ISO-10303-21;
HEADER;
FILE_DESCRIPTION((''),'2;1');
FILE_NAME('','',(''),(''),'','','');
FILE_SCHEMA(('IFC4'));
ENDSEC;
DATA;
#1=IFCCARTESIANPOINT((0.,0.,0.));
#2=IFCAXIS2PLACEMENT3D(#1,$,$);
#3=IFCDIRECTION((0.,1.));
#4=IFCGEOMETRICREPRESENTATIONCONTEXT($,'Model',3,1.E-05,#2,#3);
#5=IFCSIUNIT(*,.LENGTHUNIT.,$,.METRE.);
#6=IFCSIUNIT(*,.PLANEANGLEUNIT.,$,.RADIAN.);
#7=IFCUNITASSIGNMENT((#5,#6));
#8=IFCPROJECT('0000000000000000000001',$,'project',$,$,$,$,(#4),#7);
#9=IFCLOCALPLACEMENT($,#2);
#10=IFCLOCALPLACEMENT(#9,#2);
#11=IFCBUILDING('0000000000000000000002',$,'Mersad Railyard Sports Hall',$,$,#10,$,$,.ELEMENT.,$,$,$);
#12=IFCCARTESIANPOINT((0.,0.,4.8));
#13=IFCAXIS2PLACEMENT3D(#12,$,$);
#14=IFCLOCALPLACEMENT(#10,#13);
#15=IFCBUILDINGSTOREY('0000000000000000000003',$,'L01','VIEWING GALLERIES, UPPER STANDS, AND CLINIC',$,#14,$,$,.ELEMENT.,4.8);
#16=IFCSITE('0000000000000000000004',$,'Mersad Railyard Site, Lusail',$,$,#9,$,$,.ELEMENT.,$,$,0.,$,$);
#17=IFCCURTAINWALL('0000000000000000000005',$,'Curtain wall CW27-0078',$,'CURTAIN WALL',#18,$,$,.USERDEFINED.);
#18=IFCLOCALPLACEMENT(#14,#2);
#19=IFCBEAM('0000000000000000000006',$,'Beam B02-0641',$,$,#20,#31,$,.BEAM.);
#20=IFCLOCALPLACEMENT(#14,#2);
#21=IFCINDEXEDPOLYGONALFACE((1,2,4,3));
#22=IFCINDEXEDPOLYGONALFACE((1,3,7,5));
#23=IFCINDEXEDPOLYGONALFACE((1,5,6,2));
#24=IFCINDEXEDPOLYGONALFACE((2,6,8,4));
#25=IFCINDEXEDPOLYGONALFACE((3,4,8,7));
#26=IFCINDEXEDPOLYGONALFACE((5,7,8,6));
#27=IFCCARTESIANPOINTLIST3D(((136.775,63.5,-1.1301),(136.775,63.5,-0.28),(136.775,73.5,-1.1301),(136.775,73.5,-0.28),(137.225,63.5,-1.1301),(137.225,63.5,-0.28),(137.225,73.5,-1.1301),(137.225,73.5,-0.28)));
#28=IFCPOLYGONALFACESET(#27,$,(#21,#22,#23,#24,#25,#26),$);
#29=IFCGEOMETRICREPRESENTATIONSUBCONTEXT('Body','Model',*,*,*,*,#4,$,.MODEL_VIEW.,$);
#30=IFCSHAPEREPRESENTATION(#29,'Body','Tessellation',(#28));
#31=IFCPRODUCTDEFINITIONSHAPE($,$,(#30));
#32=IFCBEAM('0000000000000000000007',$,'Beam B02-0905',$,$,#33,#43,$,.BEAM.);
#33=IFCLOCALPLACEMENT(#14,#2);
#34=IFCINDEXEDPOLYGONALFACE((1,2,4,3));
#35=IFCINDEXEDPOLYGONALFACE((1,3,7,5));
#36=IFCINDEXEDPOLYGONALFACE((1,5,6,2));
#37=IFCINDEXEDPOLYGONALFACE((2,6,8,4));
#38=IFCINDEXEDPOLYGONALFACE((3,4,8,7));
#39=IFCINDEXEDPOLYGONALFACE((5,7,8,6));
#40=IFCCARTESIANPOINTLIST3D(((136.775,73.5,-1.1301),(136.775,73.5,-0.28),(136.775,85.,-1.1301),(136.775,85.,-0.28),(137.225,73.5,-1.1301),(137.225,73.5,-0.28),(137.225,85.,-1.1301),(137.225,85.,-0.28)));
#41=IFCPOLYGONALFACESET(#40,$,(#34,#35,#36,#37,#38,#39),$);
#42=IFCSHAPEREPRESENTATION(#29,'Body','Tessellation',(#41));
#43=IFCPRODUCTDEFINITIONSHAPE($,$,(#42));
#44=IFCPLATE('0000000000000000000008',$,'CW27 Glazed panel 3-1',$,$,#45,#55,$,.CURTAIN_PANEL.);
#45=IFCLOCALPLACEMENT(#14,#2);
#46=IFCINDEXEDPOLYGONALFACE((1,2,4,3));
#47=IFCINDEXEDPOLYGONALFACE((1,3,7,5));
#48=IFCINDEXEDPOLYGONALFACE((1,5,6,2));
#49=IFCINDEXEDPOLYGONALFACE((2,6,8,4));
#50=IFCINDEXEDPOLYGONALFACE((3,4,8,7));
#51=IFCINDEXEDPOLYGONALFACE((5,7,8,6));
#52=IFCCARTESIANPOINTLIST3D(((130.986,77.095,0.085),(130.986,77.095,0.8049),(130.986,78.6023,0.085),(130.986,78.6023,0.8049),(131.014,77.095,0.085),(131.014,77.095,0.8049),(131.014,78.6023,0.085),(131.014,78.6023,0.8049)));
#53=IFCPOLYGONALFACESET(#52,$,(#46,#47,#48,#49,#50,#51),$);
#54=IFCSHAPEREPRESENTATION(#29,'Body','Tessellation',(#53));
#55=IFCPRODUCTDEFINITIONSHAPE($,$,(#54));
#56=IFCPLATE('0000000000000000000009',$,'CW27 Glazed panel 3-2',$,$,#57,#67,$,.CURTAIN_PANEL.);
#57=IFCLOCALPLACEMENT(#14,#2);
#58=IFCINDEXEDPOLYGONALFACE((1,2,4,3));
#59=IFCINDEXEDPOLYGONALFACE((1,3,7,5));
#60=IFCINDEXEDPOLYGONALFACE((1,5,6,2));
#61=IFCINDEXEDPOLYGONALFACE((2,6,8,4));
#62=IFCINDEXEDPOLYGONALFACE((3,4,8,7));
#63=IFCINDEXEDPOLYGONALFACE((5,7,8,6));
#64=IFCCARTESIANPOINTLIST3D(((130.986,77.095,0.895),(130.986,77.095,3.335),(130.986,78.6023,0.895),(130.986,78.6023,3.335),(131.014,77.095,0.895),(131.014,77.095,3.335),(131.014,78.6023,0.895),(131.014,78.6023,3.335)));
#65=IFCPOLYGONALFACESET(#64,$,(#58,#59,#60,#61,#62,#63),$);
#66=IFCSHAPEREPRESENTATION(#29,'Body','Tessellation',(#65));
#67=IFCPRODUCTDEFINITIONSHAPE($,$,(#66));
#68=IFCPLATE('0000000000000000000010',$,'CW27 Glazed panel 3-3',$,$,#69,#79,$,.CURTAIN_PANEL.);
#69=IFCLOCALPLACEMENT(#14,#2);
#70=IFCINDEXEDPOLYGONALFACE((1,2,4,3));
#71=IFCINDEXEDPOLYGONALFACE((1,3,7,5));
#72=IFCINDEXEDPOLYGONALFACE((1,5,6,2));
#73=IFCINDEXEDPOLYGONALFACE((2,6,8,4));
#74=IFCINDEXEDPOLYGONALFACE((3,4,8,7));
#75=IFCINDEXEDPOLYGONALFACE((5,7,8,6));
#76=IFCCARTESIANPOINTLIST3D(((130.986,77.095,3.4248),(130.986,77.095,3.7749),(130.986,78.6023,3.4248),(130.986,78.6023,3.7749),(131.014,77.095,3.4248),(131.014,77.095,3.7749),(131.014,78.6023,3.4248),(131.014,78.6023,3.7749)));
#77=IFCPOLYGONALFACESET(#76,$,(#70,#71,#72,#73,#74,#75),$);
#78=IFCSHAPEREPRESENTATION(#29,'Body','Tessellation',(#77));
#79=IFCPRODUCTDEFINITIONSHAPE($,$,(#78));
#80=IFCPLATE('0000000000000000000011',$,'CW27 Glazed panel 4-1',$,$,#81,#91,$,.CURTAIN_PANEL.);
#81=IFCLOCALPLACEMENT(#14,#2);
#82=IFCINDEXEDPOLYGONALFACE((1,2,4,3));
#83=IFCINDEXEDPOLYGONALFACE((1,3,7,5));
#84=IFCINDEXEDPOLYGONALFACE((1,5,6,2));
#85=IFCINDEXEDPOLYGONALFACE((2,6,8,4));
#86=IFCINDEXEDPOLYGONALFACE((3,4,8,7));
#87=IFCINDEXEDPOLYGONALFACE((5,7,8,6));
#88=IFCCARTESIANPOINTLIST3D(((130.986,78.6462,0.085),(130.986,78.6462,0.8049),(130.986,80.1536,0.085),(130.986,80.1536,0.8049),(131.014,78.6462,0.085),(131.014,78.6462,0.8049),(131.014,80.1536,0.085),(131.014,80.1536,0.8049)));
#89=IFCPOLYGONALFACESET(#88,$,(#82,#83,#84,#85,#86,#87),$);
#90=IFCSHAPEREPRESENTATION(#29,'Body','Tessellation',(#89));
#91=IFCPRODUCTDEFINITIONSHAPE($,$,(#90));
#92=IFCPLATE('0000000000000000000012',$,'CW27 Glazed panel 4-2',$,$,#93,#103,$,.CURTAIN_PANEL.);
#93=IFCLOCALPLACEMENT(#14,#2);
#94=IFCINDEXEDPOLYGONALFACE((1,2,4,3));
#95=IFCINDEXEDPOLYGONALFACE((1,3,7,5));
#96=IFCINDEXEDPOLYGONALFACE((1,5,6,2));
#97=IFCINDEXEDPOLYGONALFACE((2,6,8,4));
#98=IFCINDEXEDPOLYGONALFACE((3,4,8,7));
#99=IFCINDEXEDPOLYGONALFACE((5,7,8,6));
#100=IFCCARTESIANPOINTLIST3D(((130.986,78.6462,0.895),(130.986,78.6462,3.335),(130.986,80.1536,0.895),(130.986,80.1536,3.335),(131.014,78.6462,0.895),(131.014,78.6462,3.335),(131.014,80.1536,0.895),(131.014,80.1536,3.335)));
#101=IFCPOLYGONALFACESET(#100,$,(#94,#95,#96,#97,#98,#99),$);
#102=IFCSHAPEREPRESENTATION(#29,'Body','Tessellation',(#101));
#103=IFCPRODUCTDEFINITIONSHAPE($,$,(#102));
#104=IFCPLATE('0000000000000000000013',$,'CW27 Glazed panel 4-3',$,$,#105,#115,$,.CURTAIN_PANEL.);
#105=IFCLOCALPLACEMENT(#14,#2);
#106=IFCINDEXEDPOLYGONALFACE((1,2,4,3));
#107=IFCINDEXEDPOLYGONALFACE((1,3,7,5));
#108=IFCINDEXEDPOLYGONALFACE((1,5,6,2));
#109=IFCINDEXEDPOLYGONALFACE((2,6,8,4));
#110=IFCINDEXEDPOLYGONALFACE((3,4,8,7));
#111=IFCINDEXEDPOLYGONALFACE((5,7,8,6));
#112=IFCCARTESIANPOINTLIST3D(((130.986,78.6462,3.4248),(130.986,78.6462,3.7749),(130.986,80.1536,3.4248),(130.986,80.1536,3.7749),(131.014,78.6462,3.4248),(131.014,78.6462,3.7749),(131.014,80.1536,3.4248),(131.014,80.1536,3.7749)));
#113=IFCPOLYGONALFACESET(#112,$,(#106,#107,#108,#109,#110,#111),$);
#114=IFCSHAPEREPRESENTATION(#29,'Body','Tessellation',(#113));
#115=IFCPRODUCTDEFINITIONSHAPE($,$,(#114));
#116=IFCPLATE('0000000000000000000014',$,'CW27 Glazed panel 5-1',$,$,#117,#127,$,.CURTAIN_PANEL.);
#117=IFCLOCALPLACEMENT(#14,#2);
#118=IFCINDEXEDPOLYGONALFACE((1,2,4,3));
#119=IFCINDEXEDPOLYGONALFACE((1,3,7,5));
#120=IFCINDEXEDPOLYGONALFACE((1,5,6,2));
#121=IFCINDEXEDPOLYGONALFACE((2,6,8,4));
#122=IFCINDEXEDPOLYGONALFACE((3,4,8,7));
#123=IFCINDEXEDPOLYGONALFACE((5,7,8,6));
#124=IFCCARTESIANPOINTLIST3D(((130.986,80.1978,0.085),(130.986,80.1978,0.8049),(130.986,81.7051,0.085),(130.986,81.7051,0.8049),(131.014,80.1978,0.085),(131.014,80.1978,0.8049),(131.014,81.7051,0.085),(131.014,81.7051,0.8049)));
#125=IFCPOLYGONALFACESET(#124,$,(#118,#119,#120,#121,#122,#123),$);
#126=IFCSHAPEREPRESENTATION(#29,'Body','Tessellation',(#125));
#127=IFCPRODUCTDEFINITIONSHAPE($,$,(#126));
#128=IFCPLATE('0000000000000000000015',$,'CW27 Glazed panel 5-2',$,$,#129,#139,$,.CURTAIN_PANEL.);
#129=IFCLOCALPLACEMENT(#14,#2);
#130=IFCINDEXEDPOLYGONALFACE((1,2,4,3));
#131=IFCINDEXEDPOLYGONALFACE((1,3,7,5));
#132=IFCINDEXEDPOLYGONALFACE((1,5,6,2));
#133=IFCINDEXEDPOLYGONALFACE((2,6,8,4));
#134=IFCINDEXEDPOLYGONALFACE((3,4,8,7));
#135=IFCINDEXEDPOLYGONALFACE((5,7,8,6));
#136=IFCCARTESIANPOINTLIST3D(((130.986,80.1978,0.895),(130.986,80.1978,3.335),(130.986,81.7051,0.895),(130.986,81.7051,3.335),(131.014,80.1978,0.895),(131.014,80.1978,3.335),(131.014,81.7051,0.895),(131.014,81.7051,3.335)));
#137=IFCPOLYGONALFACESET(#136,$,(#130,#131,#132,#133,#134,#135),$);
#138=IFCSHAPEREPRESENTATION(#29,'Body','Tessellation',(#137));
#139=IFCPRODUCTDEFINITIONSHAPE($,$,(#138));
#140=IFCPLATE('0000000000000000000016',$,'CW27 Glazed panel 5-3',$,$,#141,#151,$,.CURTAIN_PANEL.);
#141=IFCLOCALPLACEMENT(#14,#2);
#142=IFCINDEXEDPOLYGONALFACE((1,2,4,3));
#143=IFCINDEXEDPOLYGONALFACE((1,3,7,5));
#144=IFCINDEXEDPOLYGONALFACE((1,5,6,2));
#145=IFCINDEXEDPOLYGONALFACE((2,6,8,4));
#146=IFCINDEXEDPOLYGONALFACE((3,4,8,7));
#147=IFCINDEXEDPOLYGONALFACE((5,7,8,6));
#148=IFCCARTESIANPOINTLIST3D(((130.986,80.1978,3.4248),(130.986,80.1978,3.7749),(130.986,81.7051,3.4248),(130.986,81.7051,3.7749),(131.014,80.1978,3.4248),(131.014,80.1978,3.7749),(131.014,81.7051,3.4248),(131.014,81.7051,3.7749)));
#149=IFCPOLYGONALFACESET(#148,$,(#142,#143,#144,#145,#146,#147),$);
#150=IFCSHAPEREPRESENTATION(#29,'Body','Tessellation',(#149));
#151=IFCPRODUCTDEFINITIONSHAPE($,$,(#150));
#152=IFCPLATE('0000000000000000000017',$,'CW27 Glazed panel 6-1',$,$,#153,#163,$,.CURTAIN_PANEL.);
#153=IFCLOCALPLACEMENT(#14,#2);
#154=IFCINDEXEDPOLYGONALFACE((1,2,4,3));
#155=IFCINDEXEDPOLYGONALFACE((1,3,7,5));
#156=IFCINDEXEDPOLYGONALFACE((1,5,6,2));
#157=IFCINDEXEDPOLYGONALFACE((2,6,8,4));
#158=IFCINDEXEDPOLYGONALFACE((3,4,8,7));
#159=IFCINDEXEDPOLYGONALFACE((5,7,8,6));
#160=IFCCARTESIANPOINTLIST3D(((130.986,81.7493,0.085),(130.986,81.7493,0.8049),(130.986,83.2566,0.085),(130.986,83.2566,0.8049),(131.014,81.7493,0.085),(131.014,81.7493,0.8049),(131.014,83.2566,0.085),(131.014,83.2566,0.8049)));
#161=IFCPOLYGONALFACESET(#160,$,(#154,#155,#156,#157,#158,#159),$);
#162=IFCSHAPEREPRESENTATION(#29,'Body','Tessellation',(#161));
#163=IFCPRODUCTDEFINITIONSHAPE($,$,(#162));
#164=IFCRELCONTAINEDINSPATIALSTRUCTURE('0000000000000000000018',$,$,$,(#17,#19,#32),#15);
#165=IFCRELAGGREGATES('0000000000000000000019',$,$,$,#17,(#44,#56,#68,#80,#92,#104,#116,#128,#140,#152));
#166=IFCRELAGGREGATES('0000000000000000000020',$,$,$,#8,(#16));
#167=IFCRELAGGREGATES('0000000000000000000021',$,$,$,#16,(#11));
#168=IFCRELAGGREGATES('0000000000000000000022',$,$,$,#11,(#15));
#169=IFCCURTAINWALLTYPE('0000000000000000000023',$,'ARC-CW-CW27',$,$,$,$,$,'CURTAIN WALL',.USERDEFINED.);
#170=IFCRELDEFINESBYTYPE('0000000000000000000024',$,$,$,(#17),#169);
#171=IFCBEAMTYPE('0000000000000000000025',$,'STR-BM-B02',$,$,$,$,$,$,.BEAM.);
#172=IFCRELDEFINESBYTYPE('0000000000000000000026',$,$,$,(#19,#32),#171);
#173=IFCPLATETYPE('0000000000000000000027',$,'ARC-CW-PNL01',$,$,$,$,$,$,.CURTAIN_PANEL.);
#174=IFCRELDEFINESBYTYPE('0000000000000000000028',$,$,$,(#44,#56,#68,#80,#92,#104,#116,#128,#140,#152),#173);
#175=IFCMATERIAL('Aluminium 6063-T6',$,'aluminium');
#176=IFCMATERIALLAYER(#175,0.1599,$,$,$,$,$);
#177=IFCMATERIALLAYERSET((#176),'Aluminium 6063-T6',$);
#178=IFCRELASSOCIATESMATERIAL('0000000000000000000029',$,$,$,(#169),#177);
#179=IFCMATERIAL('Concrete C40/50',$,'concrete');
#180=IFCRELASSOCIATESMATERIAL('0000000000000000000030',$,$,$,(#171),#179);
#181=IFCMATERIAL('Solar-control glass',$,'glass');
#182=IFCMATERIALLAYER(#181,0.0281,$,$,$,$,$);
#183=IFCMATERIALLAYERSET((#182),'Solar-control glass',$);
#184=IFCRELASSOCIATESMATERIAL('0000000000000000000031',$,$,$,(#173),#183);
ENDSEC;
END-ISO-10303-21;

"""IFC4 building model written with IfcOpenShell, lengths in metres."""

from ifc_helpers import new_model, si_unit, direction, frame, origin, origin_2d, place, context, subcontext, project, spatial, rectangle, extrude, material, layer, layer_set, material_profile, profile_set, type_object, element, aggregate, save


model = new_model("IFC4")

# Units and contexts
model_context = context("Model", 3, precision=1e-05, world=origin(), true_north=direction((0.0, 1.0)))
body_context = subcontext(model_context, "Body", "Model", "MODEL_VIEW")
ifc_project = project(units=[si_unit("LENGTHUNIT", "METRE"), si_unit("PLANEANGLEUNIT", "RADIAN")], contexts=[model_context])

# Site, building, storey
site_placement = place(None, origin())
site = spatial("IfcSite", under=ifc_project, at=site_placement, Name="Mersad Railyard Site, Lusail", CompositionType="ELEMENT", RefElevation=0.0)
building_placement = place(site_placement, origin())
building = spatial("IfcBuilding", under=site, at=building_placement, Name="Mersad Railyard Sports Hall", CompositionType="ELEMENT")
storey_placement = place(building_placement, frame((0.0, 0.0, 4.8)))
storey = spatial("IfcBuildingStorey", under=building, at=storey_placement, Name="L01", Description="VIEWING GALLERIES, UPPER STANDS, AND CLINIC", CompositionType="ELEMENT", Elevation=4.8)

# Curtain wall
ifc_material_1 = material(Name="Aluminium 6063-T6", Category="aluminium")
ifc_layer_1 = layer(ifc_material_1, 0.1599)
ifc_layer_set_1 = layer_set([ifc_layer_1], Name="Aluminium 6063-T6")
curtain_wall_type = type_object("IfcCurtainWallType", Name="ARC-CW-CW27", ElementType="CURTAIN WALL", PredefinedType="USERDEFINED", material=ifc_layer_set_1)
curtain_wall_placement = place(storey_placement, origin())
curtain_wall = element("IfcCurtainWall", 1, at=curtain_wall_placement, inside=storey, type_object=curtain_wall_type, Name="Curtain wall CW27-0078", ObjectType="CURTAIN WALL", PredefinedType="USERDEFINED")

# Beams
ifc_material_2 = material(Name="Concrete C40/50", Category="concrete")
ifc_material_profile_1 = material_profile(ifc_material_2, rectangle(XDim=0.45, YDim=0.8501, at=origin_2d()), Name="RC 450x850")
ifc_profile_set_1 = profile_set([ifc_material_profile_1], Name="Concrete C40/50")
beam_type = type_object("IfcBeamType", Name="STR-BM-B02", PredefinedType="BEAM", material=ifc_profile_set_1)
beam_1_placement = place(storey_placement, frame((137.0, 63.5, -0.7051), z_axis=(0.0, 1.0, 0.0), x_axis=(-1.0, 0.0, 0.0)))
element("IfcBeam", 2, at=beam_1_placement, inside=storey, type_object=beam_type, Name="Beam B02-0641", PredefinedType="BEAM", context=body_context, shape_type="SweptSolid", body=[
    extrude(rectangle(XDim=0.45, YDim=0.8501, at=origin_2d()), origin(), (0.0, 0.0, 1.0), 10.0),
])
beam_2_placement = place(storey_placement, frame((137.0, 73.5, -0.7051), z_axis=(0.0, 1.0, 0.0), x_axis=(-1.0, 0.0, 0.0)))
element("IfcBeam", 3, at=beam_2_placement, inside=storey, type_object=beam_type, Name="Beam B02-0905", PredefinedType="BEAM", context=body_context, shape_type="SweptSolid", body=[
    extrude(rectangle(XDim=0.45, YDim=0.8501, at=origin_2d()), origin(), (0.0, 0.0, 1.0), 11.5),
])

# Plates
ifc_material_3 = material(Name="Solar-control glass", Category="glass")
ifc_layer_2 = layer(ifc_material_3, 0.0281)
ifc_layer_set_2 = layer_set([ifc_layer_2], Name="Solar-control glass")
plate_type = type_object("IfcPlateType", Name="ARC-CW-PNL01", PredefinedType="CURTAIN_PANEL", material=ifc_layer_set_2)
plate_1_placement = place(storey_placement, frame((131.0, 77.8486, 0.085), z_axis=(0.0, 0.0, 1.0), x_axis=(0.0, 1.0, 0.0)))
plate_1 = element("IfcPlate", 4, at=plate_1_placement, type_object=plate_type, Name="CW27 Glazed panel 3-1", PredefinedType="CURTAIN_PANEL", context=body_context, shape_type="SweptSolid", body=[
    extrude(rectangle(XDim=1.5073, YDim=0.0281, at=origin_2d()), origin(), (0.0, 0.0, 1.0), 0.72),
])
plate_2_placement = place(storey_placement, frame((131.0, 77.8486, 0.895), z_axis=(0.0, 0.0, 1.0), x_axis=(0.0, 1.0, 0.0)))
plate_2 = element("IfcPlate", 5, at=plate_2_placement, type_object=plate_type, Name="CW27 Glazed panel 3-2", PredefinedType="CURTAIN_PANEL", context=body_context, shape_type="SweptSolid", body=[
    extrude(rectangle(XDim=1.5073, YDim=0.0281, at=origin_2d()), origin(), (0.0, 0.0, 1.0), 2.4399),
])
plate_3_placement = place(storey_placement, frame((131.0, 77.8486, 3.4248), z_axis=(0.0, 0.0, 1.0), x_axis=(0.0, 1.0, 0.0)))
plate_3 = element("IfcPlate", 6, at=plate_3_placement, type_object=plate_type, Name="CW27 Glazed panel 3-3", PredefinedType="CURTAIN_PANEL", context=body_context, shape_type="SweptSolid", body=[
    extrude(rectangle(XDim=1.5073, YDim=0.0281, at=origin_2d()), origin(), (0.0, 0.0, 1.0), 0.3501),
])
plate_4_placement = place(storey_placement, frame((131.0, 79.3999, 0.085), z_axis=(0.0, 0.0, 1.0), x_axis=(0.0, 1.0, 0.0)))
plate_4 = element("IfcPlate", 7, at=plate_4_placement, type_object=plate_type, Name="CW27 Glazed panel 4-1", PredefinedType="CURTAIN_PANEL", context=body_context, shape_type="SweptSolid", body=[
    extrude(rectangle(XDim=1.5073, YDim=0.0281, at=origin_2d()), origin(), (0.0, 0.0, 1.0), 0.72),
])
plate_5_placement = place(storey_placement, frame((131.0, 79.3999, 0.895), z_axis=(0.0, 0.0, 1.0), x_axis=(0.0, 1.0, 0.0)))
plate_5 = element("IfcPlate", 8, at=plate_5_placement, type_object=plate_type, Name="CW27 Glazed panel 4-2", PredefinedType="CURTAIN_PANEL", context=body_context, shape_type="SweptSolid", body=[
    extrude(rectangle(XDim=1.5073, YDim=0.0281, at=origin_2d()), origin(), (0.0, 0.0, 1.0), 2.4399),
])
plate_6_placement = place(storey_placement, frame((131.0, 79.3999, 3.4248), z_axis=(0.0, 0.0, 1.0), x_axis=(0.0, 1.0, 0.0)))
plate_6 = element("IfcPlate", 9, at=plate_6_placement, type_object=plate_type, Name="CW27 Glazed panel 4-3", PredefinedType="CURTAIN_PANEL", context=body_context, shape_type="SweptSolid", body=[
    extrude(rectangle(XDim=1.5073, YDim=0.0281, at=origin_2d()), origin(), (0.0, 0.0, 1.0), 0.3501),
])
plate_7_placement = place(storey_placement, frame((131.0, 80.9514, 0.085), z_axis=(0.0, 0.0, 1.0), x_axis=(0.0, 1.0, 0.0)))
plate_7 = element("IfcPlate", 10, at=plate_7_placement, type_object=plate_type, Name="CW27 Glazed panel 5-1", PredefinedType="CURTAIN_PANEL", context=body_context, shape_type="SweptSolid", body=[
    extrude(rectangle(XDim=1.5073, YDim=0.0281, at=origin_2d()), origin(), (0.0, 0.0, 1.0), 0.72),
])
plate_8_placement = place(storey_placement, frame((131.0, 80.9514, 0.895), z_axis=(0.0, 0.0, 1.0), x_axis=(0.0, 1.0, 0.0)))
plate_8 = element("IfcPlate", 11, at=plate_8_placement, type_object=plate_type, Name="CW27 Glazed panel 5-2", PredefinedType="CURTAIN_PANEL", context=body_context, shape_type="SweptSolid", body=[
    extrude(rectangle(XDim=1.5073, YDim=0.0281, at=origin_2d()), origin(), (0.0, 0.0, 1.0), 2.4399),
])
plate_9_placement = place(storey_placement, frame((131.0, 80.9514, 3.4248), z_axis=(0.0, 0.0, 1.0), x_axis=(0.0, 1.0, 0.0)))
plate_9 = element("IfcPlate", 12, at=plate_9_placement, type_object=plate_type, Name="CW27 Glazed panel 5-3", PredefinedType="CURTAIN_PANEL", context=body_context, shape_type="SweptSolid", body=[
    extrude(rectangle(XDim=1.5073, YDim=0.0281, at=origin_2d()), origin(), (0.0, 0.0, 1.0), 0.3501),
])
plate_10_placement = place(storey_placement, frame((131.0, 82.5029, 0.085), z_axis=(0.0, 0.0, 1.0), x_axis=(0.0, 1.0, 0.0)))
plate_10 = element("IfcPlate", 13, at=plate_10_placement, type_object=plate_type, Name="CW27 Glazed panel 6-1", PredefinedType="CURTAIN_PANEL", context=body_context, shape_type="SweptSolid", body=[
    extrude(rectangle(XDim=1.5073, YDim=0.0281, at=origin_2d()), origin(), (0.0, 0.0, 1.0), 0.72),
])
aggregate(curtain_wall, [plate_1, plate_2, plate_3, plate_4, plate_5, plate_6, plate_7, plate_8, plate_9, plate_10])

save(model, "model.ifc")
